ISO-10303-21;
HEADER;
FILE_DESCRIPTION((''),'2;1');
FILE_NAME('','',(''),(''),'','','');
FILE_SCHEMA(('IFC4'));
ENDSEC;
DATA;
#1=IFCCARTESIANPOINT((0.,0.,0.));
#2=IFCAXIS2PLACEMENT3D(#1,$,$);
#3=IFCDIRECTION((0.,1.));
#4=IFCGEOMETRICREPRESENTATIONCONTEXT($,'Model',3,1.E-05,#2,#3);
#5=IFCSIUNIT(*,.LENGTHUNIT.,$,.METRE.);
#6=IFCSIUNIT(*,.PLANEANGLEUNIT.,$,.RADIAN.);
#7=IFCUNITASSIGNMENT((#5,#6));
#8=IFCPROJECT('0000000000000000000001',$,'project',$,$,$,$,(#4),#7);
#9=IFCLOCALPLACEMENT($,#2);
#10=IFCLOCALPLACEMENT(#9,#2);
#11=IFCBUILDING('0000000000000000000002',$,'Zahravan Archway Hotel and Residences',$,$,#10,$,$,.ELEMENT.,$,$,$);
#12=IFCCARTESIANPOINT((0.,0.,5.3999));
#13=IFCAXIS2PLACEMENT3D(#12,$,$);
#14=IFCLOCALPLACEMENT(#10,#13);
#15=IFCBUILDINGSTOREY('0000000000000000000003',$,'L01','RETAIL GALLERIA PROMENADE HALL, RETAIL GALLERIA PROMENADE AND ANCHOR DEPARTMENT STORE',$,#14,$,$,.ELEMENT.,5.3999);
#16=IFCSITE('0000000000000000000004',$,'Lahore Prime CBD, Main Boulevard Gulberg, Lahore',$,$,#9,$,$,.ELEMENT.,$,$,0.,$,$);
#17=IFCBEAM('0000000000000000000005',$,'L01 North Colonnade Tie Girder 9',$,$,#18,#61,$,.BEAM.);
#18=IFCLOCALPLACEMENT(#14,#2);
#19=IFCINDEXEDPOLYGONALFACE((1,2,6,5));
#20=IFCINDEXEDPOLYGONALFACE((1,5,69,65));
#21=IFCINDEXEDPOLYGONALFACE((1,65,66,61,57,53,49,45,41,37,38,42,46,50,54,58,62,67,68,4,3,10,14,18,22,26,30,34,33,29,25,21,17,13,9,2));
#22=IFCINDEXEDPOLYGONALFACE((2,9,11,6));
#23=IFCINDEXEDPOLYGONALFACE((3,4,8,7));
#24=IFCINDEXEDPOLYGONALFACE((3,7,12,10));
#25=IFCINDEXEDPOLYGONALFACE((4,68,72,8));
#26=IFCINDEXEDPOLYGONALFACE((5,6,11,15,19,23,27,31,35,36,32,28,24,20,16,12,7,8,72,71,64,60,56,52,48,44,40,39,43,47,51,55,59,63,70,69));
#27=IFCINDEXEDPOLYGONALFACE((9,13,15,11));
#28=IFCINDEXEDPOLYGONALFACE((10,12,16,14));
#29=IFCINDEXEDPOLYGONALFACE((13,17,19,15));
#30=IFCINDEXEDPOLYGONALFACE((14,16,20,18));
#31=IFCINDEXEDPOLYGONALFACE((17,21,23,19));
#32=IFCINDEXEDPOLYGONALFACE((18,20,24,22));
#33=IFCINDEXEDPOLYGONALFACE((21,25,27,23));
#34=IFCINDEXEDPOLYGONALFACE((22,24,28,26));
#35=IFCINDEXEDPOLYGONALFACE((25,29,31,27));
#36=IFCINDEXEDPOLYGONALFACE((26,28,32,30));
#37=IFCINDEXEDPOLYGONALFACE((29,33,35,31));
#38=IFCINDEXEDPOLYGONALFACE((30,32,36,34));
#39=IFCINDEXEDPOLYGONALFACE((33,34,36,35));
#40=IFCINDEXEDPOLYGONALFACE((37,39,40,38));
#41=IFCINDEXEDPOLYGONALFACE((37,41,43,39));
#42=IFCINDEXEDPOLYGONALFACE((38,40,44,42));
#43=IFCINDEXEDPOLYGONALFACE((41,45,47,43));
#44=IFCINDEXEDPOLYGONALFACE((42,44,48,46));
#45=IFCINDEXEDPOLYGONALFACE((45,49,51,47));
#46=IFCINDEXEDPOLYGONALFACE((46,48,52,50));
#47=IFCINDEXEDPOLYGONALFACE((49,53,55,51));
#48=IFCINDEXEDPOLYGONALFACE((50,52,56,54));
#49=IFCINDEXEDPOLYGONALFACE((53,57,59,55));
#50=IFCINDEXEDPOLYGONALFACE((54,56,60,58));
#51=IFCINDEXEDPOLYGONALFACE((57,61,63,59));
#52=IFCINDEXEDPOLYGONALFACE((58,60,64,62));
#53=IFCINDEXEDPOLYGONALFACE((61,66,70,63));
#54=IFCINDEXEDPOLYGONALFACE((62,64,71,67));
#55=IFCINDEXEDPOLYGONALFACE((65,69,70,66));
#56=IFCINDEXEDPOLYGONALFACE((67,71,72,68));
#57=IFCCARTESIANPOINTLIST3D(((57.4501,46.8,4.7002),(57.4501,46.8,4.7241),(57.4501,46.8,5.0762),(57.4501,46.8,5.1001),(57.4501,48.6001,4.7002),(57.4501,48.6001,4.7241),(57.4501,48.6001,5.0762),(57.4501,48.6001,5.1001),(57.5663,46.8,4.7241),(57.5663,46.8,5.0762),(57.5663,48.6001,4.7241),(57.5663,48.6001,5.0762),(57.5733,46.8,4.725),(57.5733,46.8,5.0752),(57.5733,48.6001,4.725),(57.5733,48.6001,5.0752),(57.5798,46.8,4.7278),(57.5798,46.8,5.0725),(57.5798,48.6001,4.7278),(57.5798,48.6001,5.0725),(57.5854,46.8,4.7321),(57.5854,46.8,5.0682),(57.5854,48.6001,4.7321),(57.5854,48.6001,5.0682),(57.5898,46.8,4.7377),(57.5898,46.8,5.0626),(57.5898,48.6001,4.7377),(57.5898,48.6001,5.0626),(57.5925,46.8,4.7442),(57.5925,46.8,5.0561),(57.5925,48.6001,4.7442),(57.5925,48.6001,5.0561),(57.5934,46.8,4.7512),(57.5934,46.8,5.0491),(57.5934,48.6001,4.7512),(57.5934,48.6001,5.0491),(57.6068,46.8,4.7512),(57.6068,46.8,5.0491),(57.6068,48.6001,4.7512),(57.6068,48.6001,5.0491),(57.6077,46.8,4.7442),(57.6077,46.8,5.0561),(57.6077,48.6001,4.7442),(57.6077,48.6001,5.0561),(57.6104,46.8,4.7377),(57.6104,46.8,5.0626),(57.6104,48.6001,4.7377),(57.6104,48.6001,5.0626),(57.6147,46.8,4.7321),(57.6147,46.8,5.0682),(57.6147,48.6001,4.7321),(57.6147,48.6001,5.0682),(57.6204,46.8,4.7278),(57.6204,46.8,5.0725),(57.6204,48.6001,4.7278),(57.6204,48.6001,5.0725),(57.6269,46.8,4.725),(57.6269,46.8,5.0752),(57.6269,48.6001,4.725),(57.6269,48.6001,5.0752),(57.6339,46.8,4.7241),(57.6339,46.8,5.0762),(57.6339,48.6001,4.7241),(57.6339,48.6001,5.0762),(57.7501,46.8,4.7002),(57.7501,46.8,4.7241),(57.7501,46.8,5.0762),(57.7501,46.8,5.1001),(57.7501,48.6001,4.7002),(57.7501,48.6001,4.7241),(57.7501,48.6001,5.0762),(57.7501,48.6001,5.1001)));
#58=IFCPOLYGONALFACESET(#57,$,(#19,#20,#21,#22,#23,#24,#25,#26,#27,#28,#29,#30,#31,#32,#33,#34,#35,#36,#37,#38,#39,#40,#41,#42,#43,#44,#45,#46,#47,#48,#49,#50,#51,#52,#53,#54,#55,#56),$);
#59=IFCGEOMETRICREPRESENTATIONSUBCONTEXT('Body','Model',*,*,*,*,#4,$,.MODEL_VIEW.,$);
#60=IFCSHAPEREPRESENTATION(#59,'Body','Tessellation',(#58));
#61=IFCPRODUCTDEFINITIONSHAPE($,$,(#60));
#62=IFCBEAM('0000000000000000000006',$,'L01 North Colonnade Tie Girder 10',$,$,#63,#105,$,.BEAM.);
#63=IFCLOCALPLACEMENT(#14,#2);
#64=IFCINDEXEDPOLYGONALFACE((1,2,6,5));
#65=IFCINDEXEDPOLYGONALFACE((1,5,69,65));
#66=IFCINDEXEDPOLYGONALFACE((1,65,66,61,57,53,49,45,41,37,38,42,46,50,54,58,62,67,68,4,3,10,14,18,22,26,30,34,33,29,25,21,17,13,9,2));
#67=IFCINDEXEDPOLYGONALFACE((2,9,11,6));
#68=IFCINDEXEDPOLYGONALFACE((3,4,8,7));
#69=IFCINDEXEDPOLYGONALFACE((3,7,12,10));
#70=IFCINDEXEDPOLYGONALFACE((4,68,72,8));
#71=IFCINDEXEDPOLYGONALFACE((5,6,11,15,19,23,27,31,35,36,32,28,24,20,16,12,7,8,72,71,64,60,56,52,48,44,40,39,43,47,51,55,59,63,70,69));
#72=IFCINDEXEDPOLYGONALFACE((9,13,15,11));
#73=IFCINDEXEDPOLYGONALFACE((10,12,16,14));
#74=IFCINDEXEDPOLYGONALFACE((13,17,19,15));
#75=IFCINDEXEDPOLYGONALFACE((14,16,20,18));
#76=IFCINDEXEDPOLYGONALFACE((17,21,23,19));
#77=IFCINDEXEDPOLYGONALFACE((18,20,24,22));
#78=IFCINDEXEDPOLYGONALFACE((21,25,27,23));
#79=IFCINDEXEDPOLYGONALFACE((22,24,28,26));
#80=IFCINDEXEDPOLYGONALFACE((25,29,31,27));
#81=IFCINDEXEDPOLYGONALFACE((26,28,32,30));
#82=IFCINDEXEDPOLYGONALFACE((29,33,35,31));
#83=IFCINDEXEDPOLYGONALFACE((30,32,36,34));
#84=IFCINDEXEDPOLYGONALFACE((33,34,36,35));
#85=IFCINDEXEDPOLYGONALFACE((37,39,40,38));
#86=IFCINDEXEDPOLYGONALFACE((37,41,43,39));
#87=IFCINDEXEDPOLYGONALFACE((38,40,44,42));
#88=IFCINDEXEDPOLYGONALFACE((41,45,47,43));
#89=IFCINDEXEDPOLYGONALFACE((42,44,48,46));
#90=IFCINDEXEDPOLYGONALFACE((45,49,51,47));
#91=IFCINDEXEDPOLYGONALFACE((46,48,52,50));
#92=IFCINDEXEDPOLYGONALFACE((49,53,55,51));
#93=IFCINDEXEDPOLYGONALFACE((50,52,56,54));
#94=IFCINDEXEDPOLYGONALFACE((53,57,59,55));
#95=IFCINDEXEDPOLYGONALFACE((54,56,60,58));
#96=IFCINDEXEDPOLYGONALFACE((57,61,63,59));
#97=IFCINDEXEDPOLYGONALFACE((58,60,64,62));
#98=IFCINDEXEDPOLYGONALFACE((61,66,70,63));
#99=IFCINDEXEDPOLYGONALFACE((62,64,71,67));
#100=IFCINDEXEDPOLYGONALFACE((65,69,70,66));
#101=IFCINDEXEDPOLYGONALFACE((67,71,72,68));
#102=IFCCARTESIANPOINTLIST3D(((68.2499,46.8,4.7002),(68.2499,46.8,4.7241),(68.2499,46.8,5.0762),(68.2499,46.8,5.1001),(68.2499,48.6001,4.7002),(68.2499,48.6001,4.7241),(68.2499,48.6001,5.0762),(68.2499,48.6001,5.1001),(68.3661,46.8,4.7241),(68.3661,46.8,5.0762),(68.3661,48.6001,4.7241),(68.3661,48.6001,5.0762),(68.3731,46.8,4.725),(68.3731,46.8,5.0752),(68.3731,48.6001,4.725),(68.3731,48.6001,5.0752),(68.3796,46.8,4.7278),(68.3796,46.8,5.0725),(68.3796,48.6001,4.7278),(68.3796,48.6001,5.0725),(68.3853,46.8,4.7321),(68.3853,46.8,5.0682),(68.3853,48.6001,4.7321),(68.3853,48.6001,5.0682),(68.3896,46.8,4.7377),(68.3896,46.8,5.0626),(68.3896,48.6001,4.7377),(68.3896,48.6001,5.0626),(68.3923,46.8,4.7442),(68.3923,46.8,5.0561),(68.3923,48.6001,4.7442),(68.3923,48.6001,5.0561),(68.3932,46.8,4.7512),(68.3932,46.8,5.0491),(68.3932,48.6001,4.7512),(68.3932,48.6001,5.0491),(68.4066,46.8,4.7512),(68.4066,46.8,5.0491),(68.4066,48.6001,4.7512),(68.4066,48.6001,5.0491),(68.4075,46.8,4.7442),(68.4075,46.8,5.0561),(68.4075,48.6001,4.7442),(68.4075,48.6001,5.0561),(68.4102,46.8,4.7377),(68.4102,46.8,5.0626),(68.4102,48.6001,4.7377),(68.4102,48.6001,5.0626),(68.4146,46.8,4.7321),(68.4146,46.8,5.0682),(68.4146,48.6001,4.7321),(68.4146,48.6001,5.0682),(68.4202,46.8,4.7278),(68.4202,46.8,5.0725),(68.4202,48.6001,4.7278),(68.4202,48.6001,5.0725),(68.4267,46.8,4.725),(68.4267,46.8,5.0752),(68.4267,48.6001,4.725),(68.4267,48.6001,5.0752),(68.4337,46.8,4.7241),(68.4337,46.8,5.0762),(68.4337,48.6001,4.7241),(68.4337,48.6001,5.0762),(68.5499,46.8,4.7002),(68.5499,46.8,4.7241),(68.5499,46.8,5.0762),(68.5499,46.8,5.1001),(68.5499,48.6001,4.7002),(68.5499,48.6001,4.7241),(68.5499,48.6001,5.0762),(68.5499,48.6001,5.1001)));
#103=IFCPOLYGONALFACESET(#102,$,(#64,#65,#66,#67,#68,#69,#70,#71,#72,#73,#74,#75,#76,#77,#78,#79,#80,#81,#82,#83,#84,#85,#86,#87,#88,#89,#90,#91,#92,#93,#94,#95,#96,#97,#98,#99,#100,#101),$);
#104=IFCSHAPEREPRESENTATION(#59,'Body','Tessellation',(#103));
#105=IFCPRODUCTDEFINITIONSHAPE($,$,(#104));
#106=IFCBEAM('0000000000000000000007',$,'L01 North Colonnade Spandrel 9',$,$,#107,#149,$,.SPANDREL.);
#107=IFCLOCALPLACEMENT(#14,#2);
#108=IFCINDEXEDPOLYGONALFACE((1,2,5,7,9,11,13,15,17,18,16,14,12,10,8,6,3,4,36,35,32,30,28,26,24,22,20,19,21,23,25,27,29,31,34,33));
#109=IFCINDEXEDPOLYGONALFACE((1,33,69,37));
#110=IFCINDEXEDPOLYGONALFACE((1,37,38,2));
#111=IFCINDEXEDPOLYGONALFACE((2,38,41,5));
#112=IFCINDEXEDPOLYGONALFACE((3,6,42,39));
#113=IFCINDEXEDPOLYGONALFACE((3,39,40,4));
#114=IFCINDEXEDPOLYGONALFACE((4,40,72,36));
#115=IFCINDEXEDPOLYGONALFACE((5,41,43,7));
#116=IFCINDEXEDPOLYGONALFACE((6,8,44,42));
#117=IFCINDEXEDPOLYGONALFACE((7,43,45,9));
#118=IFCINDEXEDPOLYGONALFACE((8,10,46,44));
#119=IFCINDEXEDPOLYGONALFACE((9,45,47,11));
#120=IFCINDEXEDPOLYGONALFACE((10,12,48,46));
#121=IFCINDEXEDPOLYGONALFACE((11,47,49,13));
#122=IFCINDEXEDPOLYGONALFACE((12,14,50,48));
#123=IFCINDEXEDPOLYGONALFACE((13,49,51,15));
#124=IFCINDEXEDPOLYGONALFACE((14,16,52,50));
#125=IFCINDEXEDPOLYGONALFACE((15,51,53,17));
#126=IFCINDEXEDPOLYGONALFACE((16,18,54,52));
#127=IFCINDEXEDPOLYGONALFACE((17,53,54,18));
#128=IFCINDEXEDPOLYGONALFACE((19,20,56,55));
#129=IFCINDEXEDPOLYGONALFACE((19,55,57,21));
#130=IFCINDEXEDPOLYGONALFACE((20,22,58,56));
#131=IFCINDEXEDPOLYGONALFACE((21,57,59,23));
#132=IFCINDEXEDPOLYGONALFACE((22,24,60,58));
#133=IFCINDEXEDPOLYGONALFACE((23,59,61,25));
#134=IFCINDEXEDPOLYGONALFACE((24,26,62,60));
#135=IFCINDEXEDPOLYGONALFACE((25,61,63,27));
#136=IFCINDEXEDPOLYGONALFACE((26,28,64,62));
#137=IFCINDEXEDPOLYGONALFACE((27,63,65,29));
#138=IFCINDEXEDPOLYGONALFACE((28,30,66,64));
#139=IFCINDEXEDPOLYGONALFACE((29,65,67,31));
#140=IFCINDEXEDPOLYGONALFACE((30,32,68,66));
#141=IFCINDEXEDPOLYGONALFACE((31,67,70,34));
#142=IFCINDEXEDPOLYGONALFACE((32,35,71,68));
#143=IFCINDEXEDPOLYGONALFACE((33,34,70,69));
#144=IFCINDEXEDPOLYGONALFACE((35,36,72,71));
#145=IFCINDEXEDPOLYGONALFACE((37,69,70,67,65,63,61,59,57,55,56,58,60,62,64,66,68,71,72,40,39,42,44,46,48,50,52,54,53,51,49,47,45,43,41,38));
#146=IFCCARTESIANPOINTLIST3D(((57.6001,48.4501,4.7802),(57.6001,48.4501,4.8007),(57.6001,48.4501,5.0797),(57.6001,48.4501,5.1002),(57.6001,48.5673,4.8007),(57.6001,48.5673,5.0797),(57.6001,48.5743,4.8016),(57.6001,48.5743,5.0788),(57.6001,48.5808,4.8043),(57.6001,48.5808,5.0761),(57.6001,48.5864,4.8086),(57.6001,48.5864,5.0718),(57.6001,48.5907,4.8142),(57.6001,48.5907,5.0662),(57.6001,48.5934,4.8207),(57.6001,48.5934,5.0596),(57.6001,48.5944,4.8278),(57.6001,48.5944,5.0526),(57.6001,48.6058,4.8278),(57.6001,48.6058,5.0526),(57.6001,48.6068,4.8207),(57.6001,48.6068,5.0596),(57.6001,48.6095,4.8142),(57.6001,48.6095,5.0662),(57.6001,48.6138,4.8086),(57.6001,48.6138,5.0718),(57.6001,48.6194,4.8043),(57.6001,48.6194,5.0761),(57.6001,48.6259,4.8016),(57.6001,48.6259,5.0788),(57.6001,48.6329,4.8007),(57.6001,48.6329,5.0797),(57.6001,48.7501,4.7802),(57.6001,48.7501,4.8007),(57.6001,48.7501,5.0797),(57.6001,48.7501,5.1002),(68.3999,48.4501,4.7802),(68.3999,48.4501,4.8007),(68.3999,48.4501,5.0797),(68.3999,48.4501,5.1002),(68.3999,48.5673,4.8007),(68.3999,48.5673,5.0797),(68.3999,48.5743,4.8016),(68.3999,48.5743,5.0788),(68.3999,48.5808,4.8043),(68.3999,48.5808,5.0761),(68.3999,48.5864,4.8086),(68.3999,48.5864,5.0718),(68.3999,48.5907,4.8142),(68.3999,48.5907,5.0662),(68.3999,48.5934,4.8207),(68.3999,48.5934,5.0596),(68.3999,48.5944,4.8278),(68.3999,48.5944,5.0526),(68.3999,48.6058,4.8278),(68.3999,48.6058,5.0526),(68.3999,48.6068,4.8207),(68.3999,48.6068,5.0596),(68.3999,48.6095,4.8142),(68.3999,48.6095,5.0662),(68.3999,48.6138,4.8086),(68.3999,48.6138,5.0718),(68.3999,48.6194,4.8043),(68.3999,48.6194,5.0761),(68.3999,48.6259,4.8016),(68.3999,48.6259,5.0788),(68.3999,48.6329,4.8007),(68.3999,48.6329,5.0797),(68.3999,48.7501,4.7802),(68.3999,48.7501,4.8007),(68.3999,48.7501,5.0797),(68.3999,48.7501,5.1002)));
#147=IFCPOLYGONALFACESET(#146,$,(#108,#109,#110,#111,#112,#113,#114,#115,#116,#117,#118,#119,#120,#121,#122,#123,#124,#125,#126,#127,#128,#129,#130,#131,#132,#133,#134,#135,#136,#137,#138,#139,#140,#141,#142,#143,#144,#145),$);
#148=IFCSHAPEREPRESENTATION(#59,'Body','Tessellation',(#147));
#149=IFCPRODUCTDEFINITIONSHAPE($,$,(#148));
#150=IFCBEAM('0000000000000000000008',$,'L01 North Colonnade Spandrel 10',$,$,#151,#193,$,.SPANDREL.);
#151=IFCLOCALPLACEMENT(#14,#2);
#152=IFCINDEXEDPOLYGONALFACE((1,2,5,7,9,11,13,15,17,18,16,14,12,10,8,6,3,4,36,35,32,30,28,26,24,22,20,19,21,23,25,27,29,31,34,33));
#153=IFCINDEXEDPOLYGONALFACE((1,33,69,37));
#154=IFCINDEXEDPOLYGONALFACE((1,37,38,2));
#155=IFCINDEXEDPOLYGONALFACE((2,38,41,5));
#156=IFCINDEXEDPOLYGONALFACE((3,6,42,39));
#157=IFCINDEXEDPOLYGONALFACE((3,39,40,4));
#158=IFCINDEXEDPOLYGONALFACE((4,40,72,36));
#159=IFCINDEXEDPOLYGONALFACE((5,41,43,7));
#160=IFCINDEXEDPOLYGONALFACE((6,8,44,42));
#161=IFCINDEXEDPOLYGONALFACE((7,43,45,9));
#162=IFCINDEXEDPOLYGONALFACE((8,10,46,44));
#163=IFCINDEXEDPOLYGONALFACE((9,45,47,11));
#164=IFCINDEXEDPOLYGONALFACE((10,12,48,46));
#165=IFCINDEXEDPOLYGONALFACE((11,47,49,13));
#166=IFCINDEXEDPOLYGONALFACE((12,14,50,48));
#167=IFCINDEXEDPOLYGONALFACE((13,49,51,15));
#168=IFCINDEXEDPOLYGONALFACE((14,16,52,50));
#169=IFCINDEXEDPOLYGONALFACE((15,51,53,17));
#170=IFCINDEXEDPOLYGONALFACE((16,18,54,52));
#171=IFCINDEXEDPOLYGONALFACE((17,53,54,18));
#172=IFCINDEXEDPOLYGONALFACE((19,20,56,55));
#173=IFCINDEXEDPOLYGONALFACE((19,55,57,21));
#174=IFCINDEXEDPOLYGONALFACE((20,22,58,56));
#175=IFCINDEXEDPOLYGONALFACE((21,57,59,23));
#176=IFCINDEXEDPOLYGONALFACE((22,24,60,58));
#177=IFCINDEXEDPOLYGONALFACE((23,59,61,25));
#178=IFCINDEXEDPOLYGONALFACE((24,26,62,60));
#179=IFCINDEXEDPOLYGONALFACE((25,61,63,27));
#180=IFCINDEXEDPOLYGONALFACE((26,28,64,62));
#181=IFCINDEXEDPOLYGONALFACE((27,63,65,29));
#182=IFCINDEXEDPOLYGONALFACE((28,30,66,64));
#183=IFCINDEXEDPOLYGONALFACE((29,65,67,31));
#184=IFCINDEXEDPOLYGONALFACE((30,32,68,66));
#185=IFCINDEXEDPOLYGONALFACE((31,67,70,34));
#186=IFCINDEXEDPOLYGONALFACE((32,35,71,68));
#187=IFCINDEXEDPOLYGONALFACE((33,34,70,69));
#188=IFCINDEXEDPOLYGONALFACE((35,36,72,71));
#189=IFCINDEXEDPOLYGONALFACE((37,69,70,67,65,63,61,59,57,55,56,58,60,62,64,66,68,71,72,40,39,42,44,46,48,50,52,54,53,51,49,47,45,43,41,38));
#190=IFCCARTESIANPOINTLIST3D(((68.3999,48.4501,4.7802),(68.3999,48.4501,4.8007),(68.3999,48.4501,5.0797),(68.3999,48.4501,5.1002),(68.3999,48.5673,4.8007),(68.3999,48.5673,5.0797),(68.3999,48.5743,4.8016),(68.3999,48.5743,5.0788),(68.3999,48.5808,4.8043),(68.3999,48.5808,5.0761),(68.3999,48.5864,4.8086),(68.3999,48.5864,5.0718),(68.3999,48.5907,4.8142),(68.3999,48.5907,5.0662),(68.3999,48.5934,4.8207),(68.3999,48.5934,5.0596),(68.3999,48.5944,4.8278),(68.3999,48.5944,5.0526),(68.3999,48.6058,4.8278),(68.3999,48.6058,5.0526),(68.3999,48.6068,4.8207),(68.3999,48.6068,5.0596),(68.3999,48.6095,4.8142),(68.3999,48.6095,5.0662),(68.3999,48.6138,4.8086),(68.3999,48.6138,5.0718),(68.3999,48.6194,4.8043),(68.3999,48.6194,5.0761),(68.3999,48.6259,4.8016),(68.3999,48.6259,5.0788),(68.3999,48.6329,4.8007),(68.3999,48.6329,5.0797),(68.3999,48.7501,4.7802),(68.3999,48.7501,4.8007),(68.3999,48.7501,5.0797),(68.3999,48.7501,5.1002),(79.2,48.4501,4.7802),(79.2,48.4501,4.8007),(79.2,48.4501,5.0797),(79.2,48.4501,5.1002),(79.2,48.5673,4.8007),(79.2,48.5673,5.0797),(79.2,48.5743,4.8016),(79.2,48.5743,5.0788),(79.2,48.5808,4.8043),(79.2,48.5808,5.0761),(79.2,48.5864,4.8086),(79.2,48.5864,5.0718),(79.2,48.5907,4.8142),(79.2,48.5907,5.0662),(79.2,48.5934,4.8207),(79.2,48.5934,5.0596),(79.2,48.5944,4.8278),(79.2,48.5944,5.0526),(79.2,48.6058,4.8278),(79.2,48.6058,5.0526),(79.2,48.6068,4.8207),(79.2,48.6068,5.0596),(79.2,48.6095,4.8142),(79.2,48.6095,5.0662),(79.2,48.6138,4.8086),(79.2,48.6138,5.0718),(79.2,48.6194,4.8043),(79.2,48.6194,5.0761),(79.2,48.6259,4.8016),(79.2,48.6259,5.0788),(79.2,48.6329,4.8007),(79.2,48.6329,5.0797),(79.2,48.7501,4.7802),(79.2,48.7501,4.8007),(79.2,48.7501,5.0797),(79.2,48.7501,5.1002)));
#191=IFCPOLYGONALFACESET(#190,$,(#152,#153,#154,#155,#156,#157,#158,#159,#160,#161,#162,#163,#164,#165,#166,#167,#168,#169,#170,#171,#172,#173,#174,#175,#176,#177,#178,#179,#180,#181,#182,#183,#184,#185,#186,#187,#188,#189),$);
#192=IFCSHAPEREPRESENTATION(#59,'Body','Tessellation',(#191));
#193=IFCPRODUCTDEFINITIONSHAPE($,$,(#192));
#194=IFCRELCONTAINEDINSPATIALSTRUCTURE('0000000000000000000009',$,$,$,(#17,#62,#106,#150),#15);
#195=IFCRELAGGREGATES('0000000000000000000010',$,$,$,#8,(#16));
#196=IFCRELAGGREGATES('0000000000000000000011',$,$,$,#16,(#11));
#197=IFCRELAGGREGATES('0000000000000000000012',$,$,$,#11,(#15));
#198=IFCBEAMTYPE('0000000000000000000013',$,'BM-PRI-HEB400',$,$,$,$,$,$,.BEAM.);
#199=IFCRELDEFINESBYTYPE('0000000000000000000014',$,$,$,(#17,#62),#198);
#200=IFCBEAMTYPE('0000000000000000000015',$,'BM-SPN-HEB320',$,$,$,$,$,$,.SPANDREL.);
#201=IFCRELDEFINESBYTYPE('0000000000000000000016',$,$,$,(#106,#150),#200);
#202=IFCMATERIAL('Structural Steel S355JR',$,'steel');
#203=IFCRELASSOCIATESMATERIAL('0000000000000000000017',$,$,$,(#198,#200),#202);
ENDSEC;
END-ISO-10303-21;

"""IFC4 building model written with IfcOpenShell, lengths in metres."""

from ifc_helpers import new_model, si_unit, direction, frame, origin, origin_2d, place, context, subcontext, project, spatial, i_section, extrude, source, transform, mapped, material, material_profile, profile_set, type_object, element, save


model = new_model("IFC4")

# Units and contexts
model_context = context("Model", 3, precision=1e-05, world=origin(), true_north=direction((0.0, 1.0)))
body_context = subcontext(model_context, "Body", "Model", "MODEL_VIEW")
ifc_project = project(units=[si_unit("LENGTHUNIT", "METRE"), si_unit("PLANEANGLEUNIT", "RADIAN")], contexts=[model_context])

# Site, building, storey
site_placement = place(None, origin())
site = spatial("IfcSite", under=ifc_project, at=site_placement, Name="Lahore Prime CBD, Main Boulevard Gulberg, Lahore", CompositionType="ELEMENT", RefElevation=0.0)
building_placement = place(site_placement, origin())
building = spatial("IfcBuilding", under=site, at=building_placement, Name="Zahravan Archway Hotel and Residences", CompositionType="ELEMENT")
storey_placement = place(building_placement, frame((0.0, 0.0, 5.3999)))
storey = spatial("IfcBuildingStorey", under=building, at=storey_placement, Name="L01", Description="RETAIL GALLERIA PROMENADE HALL, RETAIL GALLERIA PROMENADE AND ANCHOR DEPARTMENT STORE", CompositionType="ELEMENT", Elevation=5.3999)

# Beams
ifc_material_1 = material(Name="Structural Steel S355JR", Category="steel")
ifc_material_profile_1 = material_profile(ifc_material_1, i_section(OverallWidth=0.3, OverallDepth=0.3999, WebThickness=0.0134, FlangeThickness=0.0239, FilletRadius=0.0271, at=origin_2d()), Name="HEB 400", Category="steel")
ifc_profile_set_1 = profile_set([ifc_material_profile_1], Name="Structural Steel S355JR")
beam_type_1 = type_object("IfcBeamType", Name="BM-PRI-HEB400", PredefinedType="BEAM", material=ifc_profile_set_1)
shared_shape_1 = source(origin(), body_context, "Body", "SweptSolid", [
    extrude(i_section(OverallWidth=0.3, OverallDepth=0.3999, WebThickness=0.0134, FlangeThickness=0.0239, FilletRadius=0.0271, at=origin_2d()), origin(), (0.0, 0.0, 1.0), 1.8),
])
for number, where, z_axis, x_axis, name in (
    (1, (57.6001, 46.8, 4.9001), (0.0, 1.0, 0.0), (-1.0, 0.0, 0.0), "L01 North Colonnade Tie Girder 9"),
    (2, (68.3999, 46.8, 4.9001), (0.0, 1.0, 0.0), (-1.0, 0.0, 0.0), "L01 North Colonnade Tie Girder 10"),
):
    element("IfcBeam", number, at=place(storey_placement, frame(where, z_axis=z_axis, x_axis=x_axis)), inside=storey, type_object=beam_type_1, Name=name, PredefinedType="BEAM", context=body_context, shape_type="MappedRepresentation", body=[
        mapped(shared_shape_1, transform((0.0, 0.0, 0.0), scale=1.0)),
    ])
ifc_material_profile_2 = material_profile(ifc_material_1, i_section(OverallWidth=0.3, OverallDepth=0.3201, WebThickness=0.0115, FlangeThickness=0.0205, FilletRadius=0.0271, at=origin_2d()), Name="HEB 320", Category="steel")
ifc_profile_set_2 = profile_set([ifc_material_profile_2], Name="Structural Steel S355JR")
beam_type_2 = type_object("IfcBeamType", Name="BM-SPN-HEB320", PredefinedType="SPANDREL", material=ifc_profile_set_2)
shared_shape_2 = source(origin(), body_context, "Body", "SweptSolid", [
    extrude(i_section(OverallWidth=0.3, OverallDepth=0.3201, WebThickness=0.0115, FlangeThickness=0.0205, FilletRadius=0.0271, at=origin_2d()), origin(), (0.0, 0.0, 1.0), 10.7998),
])
beam_1_placement = place(storey_placement, frame((57.6001, 48.6001, 4.9402), z_axis=(1.0, 0.0, 0.0), x_axis=(0.0, 1.0, 0.0)))
element("IfcBeam", 3, at=beam_1_placement, inside=storey, type_object=beam_type_2, Name="L01 North Colonnade Spandrel 9", PredefinedType="SPANDREL", context=body_context, shape_type="MappedRepresentation", body=[
    mapped(shared_shape_2, transform((0.0, 0.0, 0.0), scale=1.0)),
])
shared_shape_3 = source(origin(), body_context, "Body", "SweptSolid", [
    extrude(i_section(OverallWidth=0.3, OverallDepth=0.3201, WebThickness=0.0115, FlangeThickness=0.0205, FilletRadius=0.0271, at=origin_2d()), origin(), (0.0, 0.0, 1.0), 10.8),
])
beam_2_placement = place(storey_placement, frame((68.3999, 48.6001, 4.9402), z_axis=(1.0, 0.0, 0.0), x_axis=(0.0, 1.0, 0.0)))
element("IfcBeam", 4, at=beam_2_placement, inside=storey, type_object=beam_type_2, Name="L01 North Colonnade Spandrel 10", PredefinedType="SPANDREL", context=body_context, shape_type="MappedRepresentation", body=[
    mapped(shared_shape_3, transform((0.0, 0.0, 0.0), scale=1.0)),
])

save(model, "model.ifc")
